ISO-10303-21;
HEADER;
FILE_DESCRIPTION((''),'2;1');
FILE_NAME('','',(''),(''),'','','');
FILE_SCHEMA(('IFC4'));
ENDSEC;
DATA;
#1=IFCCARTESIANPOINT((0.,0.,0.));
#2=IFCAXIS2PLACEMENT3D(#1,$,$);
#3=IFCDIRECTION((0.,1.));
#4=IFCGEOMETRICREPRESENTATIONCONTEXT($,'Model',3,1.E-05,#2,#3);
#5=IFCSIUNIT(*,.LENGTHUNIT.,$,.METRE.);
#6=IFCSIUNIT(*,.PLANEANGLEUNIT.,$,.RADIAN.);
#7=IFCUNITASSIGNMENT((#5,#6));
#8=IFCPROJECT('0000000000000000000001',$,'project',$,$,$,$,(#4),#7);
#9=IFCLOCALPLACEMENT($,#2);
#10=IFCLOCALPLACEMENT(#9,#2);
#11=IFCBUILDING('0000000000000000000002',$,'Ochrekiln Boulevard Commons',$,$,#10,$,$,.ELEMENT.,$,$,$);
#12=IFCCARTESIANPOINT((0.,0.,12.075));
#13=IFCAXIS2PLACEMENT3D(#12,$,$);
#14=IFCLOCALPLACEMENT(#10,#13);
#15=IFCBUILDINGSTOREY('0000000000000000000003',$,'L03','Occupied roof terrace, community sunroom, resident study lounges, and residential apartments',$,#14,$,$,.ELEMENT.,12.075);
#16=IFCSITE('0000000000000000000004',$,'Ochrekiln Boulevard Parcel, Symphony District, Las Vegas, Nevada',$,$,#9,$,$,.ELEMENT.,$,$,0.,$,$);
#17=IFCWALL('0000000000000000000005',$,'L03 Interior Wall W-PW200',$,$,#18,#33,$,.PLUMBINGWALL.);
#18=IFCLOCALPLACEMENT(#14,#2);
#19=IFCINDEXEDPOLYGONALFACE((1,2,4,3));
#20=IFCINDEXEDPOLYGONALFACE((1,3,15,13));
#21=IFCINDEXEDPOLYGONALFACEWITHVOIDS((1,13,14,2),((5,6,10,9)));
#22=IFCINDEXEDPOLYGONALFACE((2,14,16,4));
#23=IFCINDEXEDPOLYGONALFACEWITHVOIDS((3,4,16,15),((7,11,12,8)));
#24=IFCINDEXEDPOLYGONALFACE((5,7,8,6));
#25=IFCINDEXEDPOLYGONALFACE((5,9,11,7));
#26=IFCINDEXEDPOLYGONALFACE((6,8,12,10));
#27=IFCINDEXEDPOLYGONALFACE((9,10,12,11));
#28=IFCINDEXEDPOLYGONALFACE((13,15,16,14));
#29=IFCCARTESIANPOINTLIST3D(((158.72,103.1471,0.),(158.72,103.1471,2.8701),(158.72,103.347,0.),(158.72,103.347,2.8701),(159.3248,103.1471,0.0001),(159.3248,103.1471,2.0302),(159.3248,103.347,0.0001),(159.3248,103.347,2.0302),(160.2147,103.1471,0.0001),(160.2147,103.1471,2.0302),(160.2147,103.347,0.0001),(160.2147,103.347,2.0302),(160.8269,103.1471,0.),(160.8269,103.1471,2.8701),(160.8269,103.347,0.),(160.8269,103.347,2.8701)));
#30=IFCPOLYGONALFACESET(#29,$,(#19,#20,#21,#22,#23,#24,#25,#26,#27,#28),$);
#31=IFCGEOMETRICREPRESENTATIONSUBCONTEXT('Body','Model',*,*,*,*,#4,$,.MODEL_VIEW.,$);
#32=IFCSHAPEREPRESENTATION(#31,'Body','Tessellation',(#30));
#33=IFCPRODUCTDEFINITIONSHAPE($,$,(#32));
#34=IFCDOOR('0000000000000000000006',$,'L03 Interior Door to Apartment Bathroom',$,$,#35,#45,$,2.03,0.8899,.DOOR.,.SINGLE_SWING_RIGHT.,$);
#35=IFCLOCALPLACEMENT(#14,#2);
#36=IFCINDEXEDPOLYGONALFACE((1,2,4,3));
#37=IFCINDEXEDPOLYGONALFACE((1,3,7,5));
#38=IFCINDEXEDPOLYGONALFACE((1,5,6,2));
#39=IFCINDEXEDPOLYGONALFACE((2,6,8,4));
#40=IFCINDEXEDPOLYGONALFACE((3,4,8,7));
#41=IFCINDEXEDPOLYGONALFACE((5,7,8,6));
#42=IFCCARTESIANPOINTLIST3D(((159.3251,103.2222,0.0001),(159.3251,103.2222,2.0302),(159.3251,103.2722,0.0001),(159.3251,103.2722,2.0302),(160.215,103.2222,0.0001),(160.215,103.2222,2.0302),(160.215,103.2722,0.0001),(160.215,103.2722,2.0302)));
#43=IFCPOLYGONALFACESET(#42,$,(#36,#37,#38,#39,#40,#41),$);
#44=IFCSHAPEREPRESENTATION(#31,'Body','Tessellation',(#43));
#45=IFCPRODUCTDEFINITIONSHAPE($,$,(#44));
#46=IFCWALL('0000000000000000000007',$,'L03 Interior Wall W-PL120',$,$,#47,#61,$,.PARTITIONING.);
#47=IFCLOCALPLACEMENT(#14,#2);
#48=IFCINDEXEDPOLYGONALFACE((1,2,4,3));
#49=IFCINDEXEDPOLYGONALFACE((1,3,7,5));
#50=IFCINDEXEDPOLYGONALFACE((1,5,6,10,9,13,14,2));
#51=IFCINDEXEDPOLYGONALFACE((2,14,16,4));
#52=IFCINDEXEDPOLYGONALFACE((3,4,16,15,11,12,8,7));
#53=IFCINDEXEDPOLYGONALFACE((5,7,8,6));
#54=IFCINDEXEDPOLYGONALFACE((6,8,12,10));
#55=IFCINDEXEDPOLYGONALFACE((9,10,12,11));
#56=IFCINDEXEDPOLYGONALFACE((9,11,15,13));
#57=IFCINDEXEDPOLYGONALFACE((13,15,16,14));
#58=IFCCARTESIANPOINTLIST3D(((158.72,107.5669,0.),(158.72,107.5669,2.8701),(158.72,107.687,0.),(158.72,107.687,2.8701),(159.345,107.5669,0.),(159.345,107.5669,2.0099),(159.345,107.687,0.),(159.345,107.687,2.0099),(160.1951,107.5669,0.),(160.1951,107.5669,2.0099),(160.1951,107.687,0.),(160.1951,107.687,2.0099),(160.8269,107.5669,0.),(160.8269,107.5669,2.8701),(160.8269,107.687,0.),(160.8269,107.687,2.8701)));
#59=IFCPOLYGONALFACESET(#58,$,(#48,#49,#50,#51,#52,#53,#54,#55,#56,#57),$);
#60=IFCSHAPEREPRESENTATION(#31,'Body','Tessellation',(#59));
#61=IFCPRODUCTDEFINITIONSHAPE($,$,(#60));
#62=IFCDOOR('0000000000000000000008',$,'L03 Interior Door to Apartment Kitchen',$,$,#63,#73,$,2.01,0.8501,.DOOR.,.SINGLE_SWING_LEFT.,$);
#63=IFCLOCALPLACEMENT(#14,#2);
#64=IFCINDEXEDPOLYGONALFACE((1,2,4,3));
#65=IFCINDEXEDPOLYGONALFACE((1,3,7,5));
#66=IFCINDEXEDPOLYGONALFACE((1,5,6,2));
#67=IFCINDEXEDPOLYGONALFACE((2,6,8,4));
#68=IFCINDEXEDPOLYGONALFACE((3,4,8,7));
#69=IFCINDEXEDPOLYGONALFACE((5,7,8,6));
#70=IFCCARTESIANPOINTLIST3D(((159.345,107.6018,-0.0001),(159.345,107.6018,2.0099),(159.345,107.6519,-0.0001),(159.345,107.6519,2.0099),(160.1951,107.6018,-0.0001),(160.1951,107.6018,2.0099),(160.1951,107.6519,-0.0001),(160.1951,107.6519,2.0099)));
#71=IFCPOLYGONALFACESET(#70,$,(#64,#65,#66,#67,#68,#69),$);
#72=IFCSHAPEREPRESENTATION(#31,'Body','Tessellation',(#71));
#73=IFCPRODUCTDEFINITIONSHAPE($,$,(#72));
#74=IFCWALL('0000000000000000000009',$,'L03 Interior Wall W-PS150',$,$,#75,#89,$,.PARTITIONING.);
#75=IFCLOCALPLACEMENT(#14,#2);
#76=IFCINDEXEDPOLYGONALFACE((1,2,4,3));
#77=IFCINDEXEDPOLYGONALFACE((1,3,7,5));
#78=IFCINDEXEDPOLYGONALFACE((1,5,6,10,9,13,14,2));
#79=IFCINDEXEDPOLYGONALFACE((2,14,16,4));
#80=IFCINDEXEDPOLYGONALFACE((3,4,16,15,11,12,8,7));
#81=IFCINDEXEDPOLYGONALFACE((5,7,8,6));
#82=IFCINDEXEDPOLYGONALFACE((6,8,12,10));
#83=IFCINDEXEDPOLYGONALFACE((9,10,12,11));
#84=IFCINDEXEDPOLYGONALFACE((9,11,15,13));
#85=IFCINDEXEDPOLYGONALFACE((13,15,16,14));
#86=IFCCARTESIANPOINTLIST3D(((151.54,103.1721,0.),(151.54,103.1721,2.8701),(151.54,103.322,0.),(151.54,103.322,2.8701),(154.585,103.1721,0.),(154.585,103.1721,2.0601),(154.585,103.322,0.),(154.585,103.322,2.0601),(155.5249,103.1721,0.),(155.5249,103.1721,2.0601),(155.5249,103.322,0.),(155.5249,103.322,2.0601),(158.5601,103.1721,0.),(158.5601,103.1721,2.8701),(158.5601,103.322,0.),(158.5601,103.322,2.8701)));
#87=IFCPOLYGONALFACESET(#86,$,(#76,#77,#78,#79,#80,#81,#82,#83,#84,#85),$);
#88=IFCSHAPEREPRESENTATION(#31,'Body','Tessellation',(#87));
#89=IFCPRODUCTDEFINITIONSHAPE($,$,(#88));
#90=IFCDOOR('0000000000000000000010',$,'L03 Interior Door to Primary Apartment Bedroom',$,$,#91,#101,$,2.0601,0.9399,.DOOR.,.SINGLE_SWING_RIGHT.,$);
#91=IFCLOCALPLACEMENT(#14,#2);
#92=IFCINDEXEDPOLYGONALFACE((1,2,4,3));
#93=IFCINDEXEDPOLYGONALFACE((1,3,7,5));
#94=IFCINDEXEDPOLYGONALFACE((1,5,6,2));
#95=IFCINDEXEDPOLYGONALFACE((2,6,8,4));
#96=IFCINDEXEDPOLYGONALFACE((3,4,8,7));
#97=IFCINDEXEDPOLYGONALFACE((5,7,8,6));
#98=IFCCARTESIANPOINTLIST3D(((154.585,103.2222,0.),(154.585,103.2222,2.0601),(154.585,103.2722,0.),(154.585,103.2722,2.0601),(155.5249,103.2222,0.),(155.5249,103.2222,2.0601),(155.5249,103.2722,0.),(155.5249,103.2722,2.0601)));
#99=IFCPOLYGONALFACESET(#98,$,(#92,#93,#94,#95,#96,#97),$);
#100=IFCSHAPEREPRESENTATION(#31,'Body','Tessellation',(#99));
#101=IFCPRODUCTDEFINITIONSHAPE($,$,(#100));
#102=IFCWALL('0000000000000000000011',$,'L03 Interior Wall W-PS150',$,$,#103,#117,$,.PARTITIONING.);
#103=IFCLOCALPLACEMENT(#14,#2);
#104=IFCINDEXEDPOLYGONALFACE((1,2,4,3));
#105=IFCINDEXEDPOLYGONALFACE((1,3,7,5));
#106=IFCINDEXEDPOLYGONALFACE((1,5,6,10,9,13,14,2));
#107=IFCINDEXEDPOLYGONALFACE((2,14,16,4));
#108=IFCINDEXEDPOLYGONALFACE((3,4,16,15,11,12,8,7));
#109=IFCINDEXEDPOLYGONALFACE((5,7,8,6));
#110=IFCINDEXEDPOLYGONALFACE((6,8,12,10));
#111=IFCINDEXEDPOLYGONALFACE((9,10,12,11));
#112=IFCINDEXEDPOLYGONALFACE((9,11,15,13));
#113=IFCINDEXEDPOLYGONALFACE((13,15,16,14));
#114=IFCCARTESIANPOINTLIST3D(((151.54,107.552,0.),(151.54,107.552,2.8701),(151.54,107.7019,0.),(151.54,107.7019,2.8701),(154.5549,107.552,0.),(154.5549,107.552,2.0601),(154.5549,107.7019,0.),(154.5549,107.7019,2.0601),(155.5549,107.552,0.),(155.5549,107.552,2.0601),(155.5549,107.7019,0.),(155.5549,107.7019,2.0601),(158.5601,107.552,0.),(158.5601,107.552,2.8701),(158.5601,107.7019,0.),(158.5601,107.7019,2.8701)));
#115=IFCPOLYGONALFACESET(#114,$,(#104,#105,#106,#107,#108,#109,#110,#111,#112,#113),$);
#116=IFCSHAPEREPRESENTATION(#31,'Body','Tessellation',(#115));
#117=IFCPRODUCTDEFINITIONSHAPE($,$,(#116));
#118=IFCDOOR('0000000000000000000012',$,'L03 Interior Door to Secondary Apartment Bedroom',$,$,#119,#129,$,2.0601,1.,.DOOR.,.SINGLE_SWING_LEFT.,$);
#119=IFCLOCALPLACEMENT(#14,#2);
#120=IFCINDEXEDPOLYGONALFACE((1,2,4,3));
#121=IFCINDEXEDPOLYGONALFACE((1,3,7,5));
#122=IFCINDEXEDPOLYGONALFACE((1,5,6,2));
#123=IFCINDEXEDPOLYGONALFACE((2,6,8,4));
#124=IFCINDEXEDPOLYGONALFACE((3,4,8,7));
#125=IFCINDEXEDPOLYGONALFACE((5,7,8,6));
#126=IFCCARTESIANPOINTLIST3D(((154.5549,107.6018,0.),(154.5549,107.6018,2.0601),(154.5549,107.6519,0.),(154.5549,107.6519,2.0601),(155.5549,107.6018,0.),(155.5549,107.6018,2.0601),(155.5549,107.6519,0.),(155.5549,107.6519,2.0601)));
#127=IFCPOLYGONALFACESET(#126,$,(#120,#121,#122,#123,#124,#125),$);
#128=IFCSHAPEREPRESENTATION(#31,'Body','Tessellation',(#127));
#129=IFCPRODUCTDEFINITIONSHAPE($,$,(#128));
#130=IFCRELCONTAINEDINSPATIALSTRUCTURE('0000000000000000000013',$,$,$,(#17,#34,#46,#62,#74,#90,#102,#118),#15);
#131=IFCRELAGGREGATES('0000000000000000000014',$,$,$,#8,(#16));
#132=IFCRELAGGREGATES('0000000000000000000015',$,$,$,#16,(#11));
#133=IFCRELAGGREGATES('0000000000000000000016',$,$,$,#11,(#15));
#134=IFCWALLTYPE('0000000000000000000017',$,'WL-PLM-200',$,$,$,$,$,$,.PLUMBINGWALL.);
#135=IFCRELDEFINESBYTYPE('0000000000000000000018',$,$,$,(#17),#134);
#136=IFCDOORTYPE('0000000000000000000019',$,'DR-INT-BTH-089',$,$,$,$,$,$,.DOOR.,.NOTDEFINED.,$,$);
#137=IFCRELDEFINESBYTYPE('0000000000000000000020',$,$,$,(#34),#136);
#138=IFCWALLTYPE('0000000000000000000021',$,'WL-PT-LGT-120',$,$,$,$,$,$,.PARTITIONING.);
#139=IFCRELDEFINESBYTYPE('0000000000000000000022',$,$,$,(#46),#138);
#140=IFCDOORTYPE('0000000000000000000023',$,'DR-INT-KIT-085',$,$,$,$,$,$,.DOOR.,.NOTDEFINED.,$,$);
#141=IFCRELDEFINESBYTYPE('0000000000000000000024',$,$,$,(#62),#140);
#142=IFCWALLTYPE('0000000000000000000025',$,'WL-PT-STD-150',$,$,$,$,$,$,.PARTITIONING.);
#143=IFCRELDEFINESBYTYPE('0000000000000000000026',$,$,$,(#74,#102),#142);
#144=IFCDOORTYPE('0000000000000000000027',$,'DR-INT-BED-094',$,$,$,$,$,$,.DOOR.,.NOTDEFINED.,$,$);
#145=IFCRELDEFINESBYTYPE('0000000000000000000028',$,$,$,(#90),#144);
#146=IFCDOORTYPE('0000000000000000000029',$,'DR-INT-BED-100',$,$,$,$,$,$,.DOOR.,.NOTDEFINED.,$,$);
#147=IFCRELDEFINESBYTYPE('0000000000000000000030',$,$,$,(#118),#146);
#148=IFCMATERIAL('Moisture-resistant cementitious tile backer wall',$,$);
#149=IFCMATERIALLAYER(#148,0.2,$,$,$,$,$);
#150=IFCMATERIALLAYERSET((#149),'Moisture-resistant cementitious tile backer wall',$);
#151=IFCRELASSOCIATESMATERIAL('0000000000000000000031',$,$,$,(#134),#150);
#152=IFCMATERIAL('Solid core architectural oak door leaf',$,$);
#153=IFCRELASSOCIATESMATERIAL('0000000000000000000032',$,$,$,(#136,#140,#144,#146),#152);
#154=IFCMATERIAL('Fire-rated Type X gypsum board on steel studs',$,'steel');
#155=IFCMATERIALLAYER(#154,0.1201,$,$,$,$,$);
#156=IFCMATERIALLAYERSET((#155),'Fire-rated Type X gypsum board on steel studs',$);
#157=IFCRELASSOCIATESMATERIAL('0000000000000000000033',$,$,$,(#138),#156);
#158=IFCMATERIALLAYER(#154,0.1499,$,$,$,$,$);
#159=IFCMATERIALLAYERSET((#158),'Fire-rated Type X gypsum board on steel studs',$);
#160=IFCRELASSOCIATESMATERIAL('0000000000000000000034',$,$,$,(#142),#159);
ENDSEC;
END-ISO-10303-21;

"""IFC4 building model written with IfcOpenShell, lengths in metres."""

from ifc_helpers import new_model, si_unit, direction, frame, frame_2d, origin, place, context, subcontext, project, spatial, rectangle, extrude, material, layer, layer_set, type_object, element, fill, save


model = new_model("IFC4")

# Units and contexts
model_context = context("Model", 3, precision=1e-05, world=origin(), true_north=direction((0.0, 1.0)))
body_context = subcontext(model_context, "Body", "Model", "MODEL_VIEW")
ifc_project = project(units=[si_unit("LENGTHUNIT", "METRE"), si_unit("PLANEANGLEUNIT", "RADIAN")], contexts=[model_context])

# Site, building, storey
site_placement = place(None, origin())
site = spatial("IfcSite", under=ifc_project, at=site_placement, Name="Ochrekiln Boulevard Parcel, Symphony District, Las Vegas, Nevada", CompositionType="ELEMENT", RefElevation=0.0)
building_placement = place(site_placement, origin())
building = spatial("IfcBuilding", under=site, at=building_placement, Name="Ochrekiln Boulevard Commons", CompositionType="ELEMENT")
storey_placement = place(building_placement, frame((0.0, 0.0, 12.075)))
storey = spatial("IfcBuildingStorey", under=building, at=storey_placement, Name="L03", Description="Occupied roof terrace, community sunroom, resident study lounges, and residential apartments", CompositionType="ELEMENT", Elevation=12.075)

# Walls, openings, doors
ifc_material_1 = material(Name="Moisture-resistant cementitious tile backer wall")
ifc_layer_1 = layer(ifc_material_1, 0.2)
ifc_layer_set_1 = layer_set([ifc_layer_1], Name="Moisture-resistant cementitious tile backer wall")
wall_type_1 = type_object("IfcWallType", Name="WL-PLM-200", PredefinedType="PLUMBINGWALL", material=ifc_layer_set_1)
wall_1_placement = place(storey_placement, frame((158.72, 103.2471, 0.0), z_axis=(0.0, 0.0, 1.0), x_axis=(1.0, 0.0, 0.0)))
wall_1 = element("IfcWall", 1, at=wall_1_placement, inside=storey, type_object=wall_type_1, Name="L03 Interior Wall W-PW200", PredefinedType="PLUMBINGWALL", context=body_context, shape_type="SweptSolid", body=[
    extrude(rectangle(XDim=2.1069, YDim=0.2, at=frame_2d((1.0535, 0.0))), origin(), (0.0, 0.0, 1.0), 2.8701),
])
opening_1_placement = place(wall_1_placement, frame((0.605, 0.0, 0.0)))
opening_1 = element("IfcOpeningElement", 2, at=opening_1_placement, cuts=wall_1, PredefinedType="OPENING", context=body_context, shape_type="SweptSolid", body=[
    extrude(rectangle(XDim=0.8899, YDim=2.03, at=frame_2d((0.4448, 1.0151))), frame((0.0, 0.1099, 0.0), z_axis=(0.0, -1.0, 0.0), x_axis=(1.0, 0.0, 0.0)), (0.0, 0.0, 1.0), 0.22),
])
ifc_material_2 = material(Name="Solid core architectural oak door leaf")
door_type_1 = type_object("IfcDoorType", Name="DR-INT-BTH-089", OperationType="NOTDEFINED", PredefinedType="DOOR", material=ifc_material_2)
door_1_placement = place(opening_1_placement, frame((0.8899, 0.0, 0.0), z_axis=(0.0, 0.0, 1.0), x_axis=(-1.0, 0.0, 0.0)))
door_1 = element("IfcDoor", 3, at=door_1_placement, inside=storey, type_object=door_type_1, Name="L03 Interior Door to Apartment Bathroom", OperationType="SINGLE_SWING_RIGHT", OverallHeight=2.03, OverallWidth=0.8899, PredefinedType="DOOR", context=body_context, shape_type="SweptSolid", body=[
    extrude(rectangle(XDim=0.8899, YDim=2.03, at=frame_2d((0.4448, 1.0151))), frame((0.0, 0.0249, 0.0), z_axis=(0.0, -1.0, 0.0), x_axis=(1.0, 0.0, 0.0)), (0.0, 0.0, 1.0), 0.05),
])
fill(opening_1, door_1)
ifc_material_3 = material(Name="Fire-rated Type X gypsum board on steel studs", Category="steel")
ifc_layer_2 = layer(ifc_material_3, 0.1201)
ifc_layer_set_2 = layer_set([ifc_layer_2], Name="Fire-rated Type X gypsum board on steel studs")
wall_type_2 = type_object("IfcWallType", Name="WL-PT-LGT-120", PredefinedType="PARTITIONING", material=ifc_layer_set_2)
wall_2_placement = place(storey_placement, frame((158.72, 107.627, 0.0), z_axis=(0.0, 0.0, 1.0), x_axis=(1.0, 0.0, 0.0)))
wall_2 = element("IfcWall", 4, at=wall_2_placement, inside=storey, type_object=wall_type_2, Name="L03 Interior Wall W-PL120", PredefinedType="PARTITIONING", context=body_context, shape_type="SweptSolid", body=[
    extrude(rectangle(XDim=2.1069, YDim=0.1201, at=frame_2d((1.0535, 0.0))), origin(), (0.0, 0.0, 1.0), 2.8701),
])
opening_2_placement = place(wall_2_placement, frame((0.625, 0.0, 0.0)))
opening_2 = element("IfcOpeningElement", 5, at=opening_2_placement, cuts=wall_2, PredefinedType="OPENING", context=body_context, shape_type="SweptSolid", body=[
    extrude(rectangle(XDim=0.8501, YDim=2.01, at=frame_2d((0.425, 1.0049))), frame((0.0, 0.0701, 0.0), z_axis=(0.0, -1.0, 0.0), x_axis=(1.0, 0.0, 0.0)), (0.0, 0.0, 1.0), 0.1401),
])
door_type_2 = type_object("IfcDoorType", Name="DR-INT-KIT-085", OperationType="NOTDEFINED", PredefinedType="DOOR", material=ifc_material_2)
door_2_placement = place(opening_2_placement, origin())
door_2 = element("IfcDoor", 6, at=door_2_placement, inside=storey, type_object=door_type_2, Name="L03 Interior Door to Apartment Kitchen", OperationType="SINGLE_SWING_LEFT", OverallHeight=2.01, OverallWidth=0.8501, PredefinedType="DOOR", context=body_context, shape_type="SweptSolid", body=[
    extrude(rectangle(XDim=0.8501, YDim=2.01, at=frame_2d((0.425, 1.0049))), frame((0.0, 0.0249, 0.0), z_axis=(0.0, -1.0, 0.0), x_axis=(1.0, 0.0, 0.0)), (0.0, 0.0, 1.0), 0.05),
])
fill(opening_2, door_2)
ifc_layer_3 = layer(ifc_material_3, 0.1499)
ifc_layer_set_3 = layer_set([ifc_layer_3], Name="Fire-rated Type X gypsum board on steel studs")
wall_type_3 = type_object("IfcWallType", Name="WL-PT-STD-150", PredefinedType="PARTITIONING", material=ifc_layer_set_3)
wall_3_placement = place(storey_placement, frame((151.54, 103.2471, 0.0), z_axis=(0.0, 0.0, 1.0), x_axis=(1.0, 0.0, 0.0)))
wall_3 = element("IfcWall", 7, at=wall_3_placement, inside=storey, type_object=wall_type_3, Name="L03 Interior Wall W-PS150", PredefinedType="PARTITIONING", context=body_context, shape_type="SweptSolid", body=[
    extrude(rectangle(XDim=7.02, YDim=0.1499, at=frame_2d((3.51, 0.0))), origin(), (0.0, 0.0, 1.0), 2.8701),
])
opening_3_placement = place(wall_3_placement, frame((3.0449, 0.0, 0.0)))
opening_3 = element("IfcOpeningElement", 8, at=opening_3_placement, cuts=wall_3, PredefinedType="OPENING", context=body_context, shape_type="SweptSolid", body=[
    extrude(rectangle(XDim=0.9399, YDim=2.0601, at=frame_2d((0.47, 1.03))), frame((0.0, 0.085, 0.0), z_axis=(0.0, -1.0, 0.0), x_axis=(1.0, 0.0, 0.0)), (0.0, 0.0, 1.0), 0.1699),
])
door_type_3 = type_object("IfcDoorType", Name="DR-INT-BED-094", OperationType="NOTDEFINED", PredefinedType="DOOR", material=ifc_material_2)
door_3_placement = place(opening_3_placement, frame((0.9399, 0.0, 0.0), z_axis=(0.0, 0.0, 1.0), x_axis=(-1.0, 0.0, 0.0)))
door_3 = element("IfcDoor", 9, at=door_3_placement, inside=storey, type_object=door_type_3, Name="L03 Interior Door to Primary Apartment Bedroom", OperationType="SINGLE_SWING_RIGHT", OverallHeight=2.0601, OverallWidth=0.9399, PredefinedType="DOOR", context=body_context, shape_type="SweptSolid", body=[
    extrude(rectangle(XDim=0.9399, YDim=2.0601, at=frame_2d((0.47, 1.03))), frame((0.0, 0.0249, 0.0), z_axis=(0.0, -1.0, 0.0), x_axis=(1.0, 0.0, 0.0)), (0.0, 0.0, 1.0), 0.05),
])
fill(opening_3, door_3)
wall_4_placement = place(storey_placement, frame((151.54, 107.627, 0.0), z_axis=(0.0, 0.0, 1.0), x_axis=(1.0, 0.0, 0.0)))
wall_4 = element("IfcWall", 10, at=wall_4_placement, inside=storey, type_object=wall_type_3, Name="L03 Interior Wall W-PS150", PredefinedType="PARTITIONING", context=body_context, shape_type="SweptSolid", body=[
    extrude(rectangle(XDim=7.02, YDim=0.1499, at=frame_2d((3.51, 0.0))), origin(), (0.0, 0.0, 1.0), 2.8701),
])
opening_4_placement = place(wall_4_placement, frame((3.0149, 0.0, 0.0)))
opening_4 = element("IfcOpeningElement", 11, at=opening_4_placement, cuts=wall_4, PredefinedType="OPENING", context=body_context, shape_type="SweptSolid", body=[
    extrude(rectangle(XDim=1.0, YDim=2.0601, at=frame_2d((0.5, 1.03))), frame((0.0, 0.085, 0.0), z_axis=(0.0, -1.0, 0.0), x_axis=(1.0, 0.0, 0.0)), (0.0, 0.0, 1.0), 0.1699),
])
door_type_4 = type_object("IfcDoorType", Name="DR-INT-BED-100", OperationType="NOTDEFINED", PredefinedType="DOOR", material=ifc_material_2)
door_4_placement = place(opening_4_placement, origin())
door_4 = element("IfcDoor", 12, at=door_4_placement, inside=storey, type_object=door_type_4, Name="L03 Interior Door to Secondary Apartment Bedroom", OperationType="SINGLE_SWING_LEFT", OverallHeight=2.0601, OverallWidth=1.0, PredefinedType="DOOR", context=body_context, shape_type="SweptSolid", body=[
    extrude(rectangle(XDim=1.0, YDim=2.0601, at=frame_2d((0.5, 1.03))), frame((0.0, 0.0249, 0.0), z_axis=(0.0, -1.0, 0.0), x_axis=(1.0, 0.0, 0.0)), (0.0, 0.0, 1.0), 0.05),
])
fill(opening_4, door_4)

save(model, "model.ifc")
